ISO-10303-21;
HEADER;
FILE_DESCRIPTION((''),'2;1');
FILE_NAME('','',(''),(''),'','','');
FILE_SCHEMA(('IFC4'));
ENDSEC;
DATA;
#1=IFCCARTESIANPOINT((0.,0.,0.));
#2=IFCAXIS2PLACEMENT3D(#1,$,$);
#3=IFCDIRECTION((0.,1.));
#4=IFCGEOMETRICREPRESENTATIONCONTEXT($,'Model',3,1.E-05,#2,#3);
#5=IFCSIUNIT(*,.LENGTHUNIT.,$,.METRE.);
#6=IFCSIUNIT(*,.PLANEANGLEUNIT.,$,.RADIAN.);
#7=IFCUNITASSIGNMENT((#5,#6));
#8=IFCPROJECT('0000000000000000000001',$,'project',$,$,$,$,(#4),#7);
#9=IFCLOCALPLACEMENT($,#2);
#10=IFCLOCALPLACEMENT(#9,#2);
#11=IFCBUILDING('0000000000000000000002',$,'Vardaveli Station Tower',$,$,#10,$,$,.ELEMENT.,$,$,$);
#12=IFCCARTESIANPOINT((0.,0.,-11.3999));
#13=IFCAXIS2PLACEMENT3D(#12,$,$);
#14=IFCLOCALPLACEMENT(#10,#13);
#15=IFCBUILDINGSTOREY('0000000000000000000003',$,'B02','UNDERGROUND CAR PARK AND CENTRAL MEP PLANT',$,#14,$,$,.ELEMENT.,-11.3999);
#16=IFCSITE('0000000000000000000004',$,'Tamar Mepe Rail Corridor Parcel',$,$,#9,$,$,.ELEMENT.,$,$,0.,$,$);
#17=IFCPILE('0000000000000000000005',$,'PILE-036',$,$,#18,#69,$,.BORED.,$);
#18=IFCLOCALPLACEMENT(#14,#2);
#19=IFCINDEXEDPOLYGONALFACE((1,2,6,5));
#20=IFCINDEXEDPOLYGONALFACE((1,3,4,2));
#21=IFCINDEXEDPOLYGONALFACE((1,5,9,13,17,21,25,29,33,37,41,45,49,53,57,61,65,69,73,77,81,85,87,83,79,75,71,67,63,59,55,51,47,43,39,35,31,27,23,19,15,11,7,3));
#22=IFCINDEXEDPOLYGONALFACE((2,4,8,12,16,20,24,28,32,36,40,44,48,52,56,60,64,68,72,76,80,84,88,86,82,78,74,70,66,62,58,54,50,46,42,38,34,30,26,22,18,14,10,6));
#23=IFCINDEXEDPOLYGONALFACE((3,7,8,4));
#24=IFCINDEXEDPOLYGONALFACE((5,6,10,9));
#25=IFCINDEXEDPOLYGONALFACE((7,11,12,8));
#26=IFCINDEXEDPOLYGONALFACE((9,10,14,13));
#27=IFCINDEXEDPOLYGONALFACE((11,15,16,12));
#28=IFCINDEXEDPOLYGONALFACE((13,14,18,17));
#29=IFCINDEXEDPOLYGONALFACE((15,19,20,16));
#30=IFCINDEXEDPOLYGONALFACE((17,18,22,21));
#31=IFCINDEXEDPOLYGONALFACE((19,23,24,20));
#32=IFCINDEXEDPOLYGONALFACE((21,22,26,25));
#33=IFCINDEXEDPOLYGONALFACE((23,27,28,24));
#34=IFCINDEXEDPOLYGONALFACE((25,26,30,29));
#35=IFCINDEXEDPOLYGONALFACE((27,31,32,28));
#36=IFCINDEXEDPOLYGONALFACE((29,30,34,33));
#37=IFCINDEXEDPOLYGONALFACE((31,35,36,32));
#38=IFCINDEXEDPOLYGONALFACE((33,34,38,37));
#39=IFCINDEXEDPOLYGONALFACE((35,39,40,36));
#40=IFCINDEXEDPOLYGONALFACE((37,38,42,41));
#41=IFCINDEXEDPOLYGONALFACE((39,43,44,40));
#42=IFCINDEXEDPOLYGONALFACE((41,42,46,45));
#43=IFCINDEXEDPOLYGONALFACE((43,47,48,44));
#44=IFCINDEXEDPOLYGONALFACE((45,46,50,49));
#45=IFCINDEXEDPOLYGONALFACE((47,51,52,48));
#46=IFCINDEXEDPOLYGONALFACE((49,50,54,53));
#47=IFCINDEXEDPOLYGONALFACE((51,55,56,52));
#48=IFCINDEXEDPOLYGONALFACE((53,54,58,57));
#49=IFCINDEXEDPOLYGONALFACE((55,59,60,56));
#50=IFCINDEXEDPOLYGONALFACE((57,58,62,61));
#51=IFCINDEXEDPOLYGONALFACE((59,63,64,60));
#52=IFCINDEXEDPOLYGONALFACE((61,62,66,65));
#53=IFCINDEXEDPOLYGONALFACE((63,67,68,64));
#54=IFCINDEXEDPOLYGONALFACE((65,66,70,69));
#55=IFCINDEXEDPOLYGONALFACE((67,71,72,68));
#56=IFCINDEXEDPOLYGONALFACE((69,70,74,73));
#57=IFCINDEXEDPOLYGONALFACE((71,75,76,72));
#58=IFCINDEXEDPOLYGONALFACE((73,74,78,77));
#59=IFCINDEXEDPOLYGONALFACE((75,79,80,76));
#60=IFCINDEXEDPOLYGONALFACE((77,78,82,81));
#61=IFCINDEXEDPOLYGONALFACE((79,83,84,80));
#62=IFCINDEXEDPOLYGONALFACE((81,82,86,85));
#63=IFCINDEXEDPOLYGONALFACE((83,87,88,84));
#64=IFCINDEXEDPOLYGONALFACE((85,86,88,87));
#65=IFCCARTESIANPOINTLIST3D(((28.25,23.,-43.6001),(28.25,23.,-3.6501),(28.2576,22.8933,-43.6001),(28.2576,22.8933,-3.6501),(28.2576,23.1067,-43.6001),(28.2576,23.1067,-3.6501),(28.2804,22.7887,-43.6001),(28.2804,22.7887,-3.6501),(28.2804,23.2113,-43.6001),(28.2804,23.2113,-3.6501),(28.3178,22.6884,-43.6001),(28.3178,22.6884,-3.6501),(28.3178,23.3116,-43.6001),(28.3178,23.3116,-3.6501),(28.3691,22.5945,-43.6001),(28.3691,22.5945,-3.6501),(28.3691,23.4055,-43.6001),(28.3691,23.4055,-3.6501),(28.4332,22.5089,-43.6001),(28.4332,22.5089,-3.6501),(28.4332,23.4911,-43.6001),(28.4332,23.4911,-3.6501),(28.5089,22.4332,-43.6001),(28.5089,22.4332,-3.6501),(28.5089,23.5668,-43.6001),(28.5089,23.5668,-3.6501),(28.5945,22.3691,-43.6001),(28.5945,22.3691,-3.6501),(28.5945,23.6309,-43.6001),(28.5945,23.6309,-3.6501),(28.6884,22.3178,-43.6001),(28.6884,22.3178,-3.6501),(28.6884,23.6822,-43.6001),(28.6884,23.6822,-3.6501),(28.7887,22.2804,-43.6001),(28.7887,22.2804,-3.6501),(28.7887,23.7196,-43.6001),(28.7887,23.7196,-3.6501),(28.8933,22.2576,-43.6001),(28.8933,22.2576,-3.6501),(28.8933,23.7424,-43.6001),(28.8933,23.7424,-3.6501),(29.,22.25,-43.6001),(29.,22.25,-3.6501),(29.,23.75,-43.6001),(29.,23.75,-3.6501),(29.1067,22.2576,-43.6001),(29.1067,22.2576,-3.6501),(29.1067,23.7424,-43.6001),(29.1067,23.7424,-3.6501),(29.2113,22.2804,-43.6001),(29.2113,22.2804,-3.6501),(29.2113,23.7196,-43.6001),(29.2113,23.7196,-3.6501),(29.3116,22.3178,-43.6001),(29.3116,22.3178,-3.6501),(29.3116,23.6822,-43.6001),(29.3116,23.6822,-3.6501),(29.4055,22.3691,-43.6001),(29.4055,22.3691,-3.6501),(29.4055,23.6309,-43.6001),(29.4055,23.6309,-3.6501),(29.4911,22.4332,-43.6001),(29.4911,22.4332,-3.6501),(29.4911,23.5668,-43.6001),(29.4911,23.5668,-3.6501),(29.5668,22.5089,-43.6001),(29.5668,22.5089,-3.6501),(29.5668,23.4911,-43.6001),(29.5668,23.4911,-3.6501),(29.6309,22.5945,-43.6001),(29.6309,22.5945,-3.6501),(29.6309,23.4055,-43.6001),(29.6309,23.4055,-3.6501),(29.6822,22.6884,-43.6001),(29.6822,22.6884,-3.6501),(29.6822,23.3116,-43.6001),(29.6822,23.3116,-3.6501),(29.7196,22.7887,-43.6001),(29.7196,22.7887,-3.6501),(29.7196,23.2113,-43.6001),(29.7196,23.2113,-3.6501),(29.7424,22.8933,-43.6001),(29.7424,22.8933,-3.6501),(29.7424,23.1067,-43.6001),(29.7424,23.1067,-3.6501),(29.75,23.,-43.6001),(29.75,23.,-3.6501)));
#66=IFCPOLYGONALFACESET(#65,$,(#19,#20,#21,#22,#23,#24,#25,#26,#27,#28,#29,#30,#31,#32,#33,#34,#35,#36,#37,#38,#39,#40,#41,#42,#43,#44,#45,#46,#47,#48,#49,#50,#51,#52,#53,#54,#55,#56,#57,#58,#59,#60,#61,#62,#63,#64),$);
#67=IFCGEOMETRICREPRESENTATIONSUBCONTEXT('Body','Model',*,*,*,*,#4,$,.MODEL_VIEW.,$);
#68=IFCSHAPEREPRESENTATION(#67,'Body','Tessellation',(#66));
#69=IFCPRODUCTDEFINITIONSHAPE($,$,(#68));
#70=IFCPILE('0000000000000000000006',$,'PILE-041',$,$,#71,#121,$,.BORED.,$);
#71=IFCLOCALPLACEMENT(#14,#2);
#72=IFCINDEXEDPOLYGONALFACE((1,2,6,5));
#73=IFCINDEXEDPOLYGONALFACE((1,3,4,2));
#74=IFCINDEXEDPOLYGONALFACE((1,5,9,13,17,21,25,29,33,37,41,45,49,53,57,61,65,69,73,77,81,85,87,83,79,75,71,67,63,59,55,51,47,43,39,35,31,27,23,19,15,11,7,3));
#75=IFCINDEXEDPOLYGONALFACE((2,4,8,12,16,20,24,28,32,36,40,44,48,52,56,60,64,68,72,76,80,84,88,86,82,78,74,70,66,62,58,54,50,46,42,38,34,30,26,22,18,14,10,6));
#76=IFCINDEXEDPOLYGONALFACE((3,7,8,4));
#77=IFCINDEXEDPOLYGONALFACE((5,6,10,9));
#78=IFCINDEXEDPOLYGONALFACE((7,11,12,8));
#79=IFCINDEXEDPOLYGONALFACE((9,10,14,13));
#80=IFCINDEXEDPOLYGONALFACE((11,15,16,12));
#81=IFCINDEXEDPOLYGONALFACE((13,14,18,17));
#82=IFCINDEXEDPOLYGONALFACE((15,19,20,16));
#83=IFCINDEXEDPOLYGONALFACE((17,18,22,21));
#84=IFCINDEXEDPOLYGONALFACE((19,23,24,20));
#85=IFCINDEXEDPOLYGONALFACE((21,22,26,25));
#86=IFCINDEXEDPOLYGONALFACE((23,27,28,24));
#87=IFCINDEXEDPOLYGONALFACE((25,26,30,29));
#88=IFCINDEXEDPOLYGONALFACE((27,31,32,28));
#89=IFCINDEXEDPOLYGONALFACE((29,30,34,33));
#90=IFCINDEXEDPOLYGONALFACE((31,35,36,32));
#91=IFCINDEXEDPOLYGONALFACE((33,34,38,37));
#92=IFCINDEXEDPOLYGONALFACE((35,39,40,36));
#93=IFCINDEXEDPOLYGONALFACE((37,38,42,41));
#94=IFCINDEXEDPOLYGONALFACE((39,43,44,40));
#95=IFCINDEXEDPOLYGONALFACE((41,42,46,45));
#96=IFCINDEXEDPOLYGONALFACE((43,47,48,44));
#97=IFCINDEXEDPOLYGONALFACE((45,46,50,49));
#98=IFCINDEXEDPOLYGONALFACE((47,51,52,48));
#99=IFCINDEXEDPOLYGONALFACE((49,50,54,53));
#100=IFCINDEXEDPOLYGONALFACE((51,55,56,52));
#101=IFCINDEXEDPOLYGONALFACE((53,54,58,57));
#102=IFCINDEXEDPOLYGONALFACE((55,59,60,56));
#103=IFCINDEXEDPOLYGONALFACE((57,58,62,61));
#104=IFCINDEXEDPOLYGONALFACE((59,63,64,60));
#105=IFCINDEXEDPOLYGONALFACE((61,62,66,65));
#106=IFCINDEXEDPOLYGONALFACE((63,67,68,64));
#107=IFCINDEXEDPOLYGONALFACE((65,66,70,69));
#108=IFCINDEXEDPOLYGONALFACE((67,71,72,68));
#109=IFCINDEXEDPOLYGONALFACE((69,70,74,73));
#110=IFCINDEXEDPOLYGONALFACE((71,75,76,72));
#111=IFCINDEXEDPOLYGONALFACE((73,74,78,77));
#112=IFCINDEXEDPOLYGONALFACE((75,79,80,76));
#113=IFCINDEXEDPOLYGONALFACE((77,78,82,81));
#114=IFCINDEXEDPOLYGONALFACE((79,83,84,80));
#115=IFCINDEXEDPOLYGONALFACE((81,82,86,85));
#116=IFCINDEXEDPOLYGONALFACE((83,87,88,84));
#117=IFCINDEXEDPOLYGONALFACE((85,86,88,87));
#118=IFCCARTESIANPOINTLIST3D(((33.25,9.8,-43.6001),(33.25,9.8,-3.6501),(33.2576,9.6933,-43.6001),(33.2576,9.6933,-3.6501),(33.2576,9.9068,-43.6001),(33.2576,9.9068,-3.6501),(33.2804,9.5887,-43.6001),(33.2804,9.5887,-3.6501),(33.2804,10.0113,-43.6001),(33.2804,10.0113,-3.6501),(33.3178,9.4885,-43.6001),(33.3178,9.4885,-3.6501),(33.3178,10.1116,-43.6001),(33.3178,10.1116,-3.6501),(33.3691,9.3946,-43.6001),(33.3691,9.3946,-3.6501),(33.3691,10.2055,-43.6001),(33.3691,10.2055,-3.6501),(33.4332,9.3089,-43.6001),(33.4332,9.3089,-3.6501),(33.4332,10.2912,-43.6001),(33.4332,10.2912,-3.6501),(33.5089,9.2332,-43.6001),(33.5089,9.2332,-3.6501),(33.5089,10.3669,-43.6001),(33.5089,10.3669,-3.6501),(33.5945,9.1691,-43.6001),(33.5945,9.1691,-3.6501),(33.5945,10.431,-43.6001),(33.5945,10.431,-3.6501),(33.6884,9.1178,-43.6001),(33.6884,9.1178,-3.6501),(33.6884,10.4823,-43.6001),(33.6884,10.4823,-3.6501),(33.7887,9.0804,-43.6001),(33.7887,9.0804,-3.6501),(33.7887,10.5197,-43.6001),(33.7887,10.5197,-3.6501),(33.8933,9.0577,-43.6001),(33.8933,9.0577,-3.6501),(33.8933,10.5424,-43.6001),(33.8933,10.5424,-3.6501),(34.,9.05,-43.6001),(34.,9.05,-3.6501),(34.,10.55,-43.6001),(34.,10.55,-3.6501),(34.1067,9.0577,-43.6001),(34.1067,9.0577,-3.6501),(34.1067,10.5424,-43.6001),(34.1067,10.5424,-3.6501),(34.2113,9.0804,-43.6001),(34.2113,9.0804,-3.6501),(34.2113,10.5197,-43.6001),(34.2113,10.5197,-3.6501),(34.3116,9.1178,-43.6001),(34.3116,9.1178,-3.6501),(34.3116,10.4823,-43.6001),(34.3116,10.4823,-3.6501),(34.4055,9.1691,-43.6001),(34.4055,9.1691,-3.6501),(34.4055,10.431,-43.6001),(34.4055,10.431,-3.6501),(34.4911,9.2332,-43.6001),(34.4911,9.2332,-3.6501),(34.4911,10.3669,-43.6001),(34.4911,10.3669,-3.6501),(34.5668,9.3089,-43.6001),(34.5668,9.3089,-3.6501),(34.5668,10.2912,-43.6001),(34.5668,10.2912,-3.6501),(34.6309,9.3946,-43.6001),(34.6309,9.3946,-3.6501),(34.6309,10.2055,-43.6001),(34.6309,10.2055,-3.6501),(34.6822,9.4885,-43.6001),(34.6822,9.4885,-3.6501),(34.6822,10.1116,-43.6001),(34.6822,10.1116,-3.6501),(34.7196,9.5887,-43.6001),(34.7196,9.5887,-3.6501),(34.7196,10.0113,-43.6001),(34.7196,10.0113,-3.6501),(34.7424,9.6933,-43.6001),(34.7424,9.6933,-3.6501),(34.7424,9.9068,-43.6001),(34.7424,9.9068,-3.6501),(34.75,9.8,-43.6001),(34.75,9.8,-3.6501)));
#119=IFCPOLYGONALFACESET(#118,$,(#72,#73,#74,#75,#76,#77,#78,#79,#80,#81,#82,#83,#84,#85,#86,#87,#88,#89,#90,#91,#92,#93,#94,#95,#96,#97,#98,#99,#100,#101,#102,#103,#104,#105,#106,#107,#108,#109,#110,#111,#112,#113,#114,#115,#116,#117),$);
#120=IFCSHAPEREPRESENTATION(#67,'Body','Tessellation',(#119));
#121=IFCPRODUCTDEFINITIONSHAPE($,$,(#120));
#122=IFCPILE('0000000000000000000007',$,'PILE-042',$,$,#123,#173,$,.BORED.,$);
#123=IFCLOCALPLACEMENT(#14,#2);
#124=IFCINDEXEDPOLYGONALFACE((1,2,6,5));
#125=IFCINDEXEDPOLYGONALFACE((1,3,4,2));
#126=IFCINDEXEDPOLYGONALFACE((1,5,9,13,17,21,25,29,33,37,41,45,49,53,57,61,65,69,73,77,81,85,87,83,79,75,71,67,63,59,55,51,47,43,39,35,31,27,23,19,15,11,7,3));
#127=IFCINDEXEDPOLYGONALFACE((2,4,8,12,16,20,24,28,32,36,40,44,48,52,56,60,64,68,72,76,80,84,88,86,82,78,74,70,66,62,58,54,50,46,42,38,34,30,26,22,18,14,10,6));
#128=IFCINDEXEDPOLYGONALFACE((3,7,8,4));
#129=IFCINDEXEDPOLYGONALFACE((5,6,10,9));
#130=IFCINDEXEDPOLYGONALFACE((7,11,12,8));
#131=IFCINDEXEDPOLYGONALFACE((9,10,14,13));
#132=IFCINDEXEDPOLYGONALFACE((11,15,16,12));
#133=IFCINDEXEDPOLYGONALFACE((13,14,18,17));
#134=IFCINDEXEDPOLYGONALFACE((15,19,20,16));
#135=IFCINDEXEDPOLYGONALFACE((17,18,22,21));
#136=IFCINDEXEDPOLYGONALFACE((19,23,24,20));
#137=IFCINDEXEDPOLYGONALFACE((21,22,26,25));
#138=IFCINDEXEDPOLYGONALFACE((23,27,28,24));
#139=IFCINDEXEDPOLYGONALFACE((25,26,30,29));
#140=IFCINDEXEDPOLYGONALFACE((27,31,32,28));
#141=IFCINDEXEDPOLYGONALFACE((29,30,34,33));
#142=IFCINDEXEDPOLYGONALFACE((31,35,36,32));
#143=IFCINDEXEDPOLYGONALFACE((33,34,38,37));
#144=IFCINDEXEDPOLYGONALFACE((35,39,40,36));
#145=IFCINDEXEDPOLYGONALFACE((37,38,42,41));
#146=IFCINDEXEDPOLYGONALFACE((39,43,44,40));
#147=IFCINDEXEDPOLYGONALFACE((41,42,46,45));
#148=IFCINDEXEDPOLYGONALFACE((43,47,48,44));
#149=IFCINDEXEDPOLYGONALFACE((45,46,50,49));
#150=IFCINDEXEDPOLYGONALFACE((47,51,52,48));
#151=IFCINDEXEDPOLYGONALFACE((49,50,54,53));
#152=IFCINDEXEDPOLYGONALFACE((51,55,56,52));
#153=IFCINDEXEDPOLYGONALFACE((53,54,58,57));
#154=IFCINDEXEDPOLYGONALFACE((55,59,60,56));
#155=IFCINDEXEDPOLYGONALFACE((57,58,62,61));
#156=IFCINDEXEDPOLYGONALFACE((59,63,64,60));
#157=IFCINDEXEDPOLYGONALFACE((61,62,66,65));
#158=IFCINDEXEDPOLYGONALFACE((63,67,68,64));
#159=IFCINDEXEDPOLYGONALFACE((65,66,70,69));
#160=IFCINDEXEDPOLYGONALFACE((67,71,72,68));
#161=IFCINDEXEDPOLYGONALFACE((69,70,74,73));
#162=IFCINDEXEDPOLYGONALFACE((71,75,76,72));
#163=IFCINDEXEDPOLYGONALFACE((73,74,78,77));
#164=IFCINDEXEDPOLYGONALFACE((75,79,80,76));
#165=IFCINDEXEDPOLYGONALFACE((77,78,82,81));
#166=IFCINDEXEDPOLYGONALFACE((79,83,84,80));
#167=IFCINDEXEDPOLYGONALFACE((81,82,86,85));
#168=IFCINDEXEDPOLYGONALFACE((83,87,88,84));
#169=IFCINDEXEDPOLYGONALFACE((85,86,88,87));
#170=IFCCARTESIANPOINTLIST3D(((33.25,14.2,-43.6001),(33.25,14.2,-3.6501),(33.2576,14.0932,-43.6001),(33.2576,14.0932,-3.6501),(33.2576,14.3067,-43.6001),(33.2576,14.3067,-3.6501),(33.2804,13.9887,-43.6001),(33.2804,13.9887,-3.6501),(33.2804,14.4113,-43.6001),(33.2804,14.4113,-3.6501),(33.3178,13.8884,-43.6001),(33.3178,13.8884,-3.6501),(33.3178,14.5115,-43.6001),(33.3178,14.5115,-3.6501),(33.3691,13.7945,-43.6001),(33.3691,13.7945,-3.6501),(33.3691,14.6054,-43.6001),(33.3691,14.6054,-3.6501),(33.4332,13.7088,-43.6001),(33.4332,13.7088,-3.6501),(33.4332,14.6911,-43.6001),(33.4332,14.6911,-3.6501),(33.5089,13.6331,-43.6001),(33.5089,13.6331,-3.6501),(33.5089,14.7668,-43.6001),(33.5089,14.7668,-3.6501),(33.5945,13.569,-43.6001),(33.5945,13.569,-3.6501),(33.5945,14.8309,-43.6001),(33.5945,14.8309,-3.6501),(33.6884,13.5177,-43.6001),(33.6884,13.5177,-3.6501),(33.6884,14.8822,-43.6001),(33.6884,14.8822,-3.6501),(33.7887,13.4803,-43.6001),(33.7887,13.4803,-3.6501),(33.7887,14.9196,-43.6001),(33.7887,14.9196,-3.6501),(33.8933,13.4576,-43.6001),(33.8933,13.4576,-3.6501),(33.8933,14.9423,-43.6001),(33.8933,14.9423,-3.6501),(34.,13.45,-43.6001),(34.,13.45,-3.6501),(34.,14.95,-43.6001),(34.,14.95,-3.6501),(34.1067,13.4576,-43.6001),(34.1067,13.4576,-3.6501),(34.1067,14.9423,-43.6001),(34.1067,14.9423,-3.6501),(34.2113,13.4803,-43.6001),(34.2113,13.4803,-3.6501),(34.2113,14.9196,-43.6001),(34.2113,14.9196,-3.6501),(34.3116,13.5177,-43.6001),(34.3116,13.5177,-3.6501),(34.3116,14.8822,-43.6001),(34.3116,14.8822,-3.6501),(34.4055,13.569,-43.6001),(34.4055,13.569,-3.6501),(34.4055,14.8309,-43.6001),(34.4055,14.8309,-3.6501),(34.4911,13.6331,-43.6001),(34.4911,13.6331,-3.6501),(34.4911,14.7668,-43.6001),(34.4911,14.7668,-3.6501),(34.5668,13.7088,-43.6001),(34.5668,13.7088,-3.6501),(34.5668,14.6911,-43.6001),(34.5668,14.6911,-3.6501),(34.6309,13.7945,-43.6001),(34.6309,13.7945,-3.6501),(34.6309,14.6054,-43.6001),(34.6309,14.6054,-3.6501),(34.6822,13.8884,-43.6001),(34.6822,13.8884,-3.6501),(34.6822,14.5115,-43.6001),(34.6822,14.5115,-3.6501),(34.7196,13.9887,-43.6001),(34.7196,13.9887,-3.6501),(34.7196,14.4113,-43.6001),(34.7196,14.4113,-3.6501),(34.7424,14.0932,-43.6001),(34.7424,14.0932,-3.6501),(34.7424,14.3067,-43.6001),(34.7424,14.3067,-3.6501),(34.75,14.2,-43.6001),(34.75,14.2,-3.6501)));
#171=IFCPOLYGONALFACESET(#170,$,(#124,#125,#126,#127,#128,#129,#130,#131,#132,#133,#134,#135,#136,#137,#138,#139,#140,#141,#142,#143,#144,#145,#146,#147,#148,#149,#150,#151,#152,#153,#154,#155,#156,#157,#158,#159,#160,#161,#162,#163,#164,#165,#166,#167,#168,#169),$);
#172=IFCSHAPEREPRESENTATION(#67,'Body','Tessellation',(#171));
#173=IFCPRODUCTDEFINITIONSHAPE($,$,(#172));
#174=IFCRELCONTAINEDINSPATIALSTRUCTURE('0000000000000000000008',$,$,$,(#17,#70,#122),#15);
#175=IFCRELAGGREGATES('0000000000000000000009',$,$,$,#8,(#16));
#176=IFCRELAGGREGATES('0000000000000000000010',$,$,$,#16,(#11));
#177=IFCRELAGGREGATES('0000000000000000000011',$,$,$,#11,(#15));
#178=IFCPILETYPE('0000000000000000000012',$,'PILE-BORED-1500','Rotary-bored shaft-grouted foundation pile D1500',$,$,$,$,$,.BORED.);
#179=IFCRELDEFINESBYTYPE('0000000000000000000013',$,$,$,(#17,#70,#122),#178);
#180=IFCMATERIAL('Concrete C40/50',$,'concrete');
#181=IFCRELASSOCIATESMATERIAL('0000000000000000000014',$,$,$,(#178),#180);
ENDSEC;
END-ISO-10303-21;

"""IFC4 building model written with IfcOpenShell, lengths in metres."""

from ifc_helpers import new_model, si_unit, direction, frame, origin, origin_2d, place, context, subcontext, project, spatial, circle, extrude, source, transform, mapped, material, material_profile, profile_set, type_object, element, save


model = new_model("IFC4")

# Units and contexts
model_context = context("Model", 3, precision=1e-05, world=origin(), true_north=direction((0.0, 1.0)))
body_context = subcontext(model_context, "Body", "Model", "MODEL_VIEW")
ifc_project = project(units=[si_unit("LENGTHUNIT", "METRE"), si_unit("PLANEANGLEUNIT", "RADIAN")], contexts=[model_context])

# Site, building, storey
site_placement = place(None, origin())
site = spatial("IfcSite", under=ifc_project, at=site_placement, Name="Tamar Mepe Rail Corridor Parcel", CompositionType="ELEMENT", RefElevation=0.0)
building_placement = place(site_placement, origin())
building = spatial("IfcBuilding", under=site, at=building_placement, Name="Vardaveli Station Tower", CompositionType="ELEMENT")
storey_placement = place(building_placement, frame((0.0, 0.0, -11.3999)))
storey = spatial("IfcBuildingStorey", under=building, at=storey_placement, Name="B02", Description="UNDERGROUND CAR PARK AND CENTRAL MEP PLANT", CompositionType="ELEMENT", Elevation=-11.3999)

# Piles
ifc_material_1 = material(Name="Concrete C40/50", Category="concrete")
ifc_material_profile_1 = material_profile(ifc_material_1, circle(Radius=0.75, at=origin_2d()), Name="PILE D1500")
ifc_profile_set_1 = profile_set([ifc_material_profile_1], Name="Concrete C40/50")
pile_type_1 = type_object("IfcPileType", Name="PILE-BORED-1500", Description="Rotary-bored shaft-grouted foundation pile D1500", PredefinedType="BORED", material=ifc_profile_set_1)
shared_shape_1 = source(origin(), body_context, "Body", "SweptSolid", [
    extrude(circle(Radius=0.75, at=origin_2d()), origin(), (0.0, 0.0, 1.0), 39.95),
])
for number, where, z_axis, x_axis, name in (
    (1, (29.0, 23.0, -3.6501), (0.0, 0.0, -1.0), (1.0, 0.0, 0.0), "PILE-036"),
    (2, (34.0, 9.8, -3.6501), (0.0, 0.0, -1.0), (1.0, 0.0, 0.0), "PILE-041"),
    (3, (34.0, 14.2, -3.6501), (0.0, 0.0, -1.0), (1.0, 0.0, 0.0), "PILE-042"),
):
    element("IfcPile", number, at=place(storey_placement, frame(where, z_axis=z_axis, x_axis=x_axis)), inside=storey, type_object=pile_type_1, Name=name, PredefinedType="BORED", context=body_context, shape_type="MappedRepresentation", body=[
        mapped(shared_shape_1, transform((0.0, 0.0, 0.0), scale=1.0)),
    ])

save(model, "model.ifc")
